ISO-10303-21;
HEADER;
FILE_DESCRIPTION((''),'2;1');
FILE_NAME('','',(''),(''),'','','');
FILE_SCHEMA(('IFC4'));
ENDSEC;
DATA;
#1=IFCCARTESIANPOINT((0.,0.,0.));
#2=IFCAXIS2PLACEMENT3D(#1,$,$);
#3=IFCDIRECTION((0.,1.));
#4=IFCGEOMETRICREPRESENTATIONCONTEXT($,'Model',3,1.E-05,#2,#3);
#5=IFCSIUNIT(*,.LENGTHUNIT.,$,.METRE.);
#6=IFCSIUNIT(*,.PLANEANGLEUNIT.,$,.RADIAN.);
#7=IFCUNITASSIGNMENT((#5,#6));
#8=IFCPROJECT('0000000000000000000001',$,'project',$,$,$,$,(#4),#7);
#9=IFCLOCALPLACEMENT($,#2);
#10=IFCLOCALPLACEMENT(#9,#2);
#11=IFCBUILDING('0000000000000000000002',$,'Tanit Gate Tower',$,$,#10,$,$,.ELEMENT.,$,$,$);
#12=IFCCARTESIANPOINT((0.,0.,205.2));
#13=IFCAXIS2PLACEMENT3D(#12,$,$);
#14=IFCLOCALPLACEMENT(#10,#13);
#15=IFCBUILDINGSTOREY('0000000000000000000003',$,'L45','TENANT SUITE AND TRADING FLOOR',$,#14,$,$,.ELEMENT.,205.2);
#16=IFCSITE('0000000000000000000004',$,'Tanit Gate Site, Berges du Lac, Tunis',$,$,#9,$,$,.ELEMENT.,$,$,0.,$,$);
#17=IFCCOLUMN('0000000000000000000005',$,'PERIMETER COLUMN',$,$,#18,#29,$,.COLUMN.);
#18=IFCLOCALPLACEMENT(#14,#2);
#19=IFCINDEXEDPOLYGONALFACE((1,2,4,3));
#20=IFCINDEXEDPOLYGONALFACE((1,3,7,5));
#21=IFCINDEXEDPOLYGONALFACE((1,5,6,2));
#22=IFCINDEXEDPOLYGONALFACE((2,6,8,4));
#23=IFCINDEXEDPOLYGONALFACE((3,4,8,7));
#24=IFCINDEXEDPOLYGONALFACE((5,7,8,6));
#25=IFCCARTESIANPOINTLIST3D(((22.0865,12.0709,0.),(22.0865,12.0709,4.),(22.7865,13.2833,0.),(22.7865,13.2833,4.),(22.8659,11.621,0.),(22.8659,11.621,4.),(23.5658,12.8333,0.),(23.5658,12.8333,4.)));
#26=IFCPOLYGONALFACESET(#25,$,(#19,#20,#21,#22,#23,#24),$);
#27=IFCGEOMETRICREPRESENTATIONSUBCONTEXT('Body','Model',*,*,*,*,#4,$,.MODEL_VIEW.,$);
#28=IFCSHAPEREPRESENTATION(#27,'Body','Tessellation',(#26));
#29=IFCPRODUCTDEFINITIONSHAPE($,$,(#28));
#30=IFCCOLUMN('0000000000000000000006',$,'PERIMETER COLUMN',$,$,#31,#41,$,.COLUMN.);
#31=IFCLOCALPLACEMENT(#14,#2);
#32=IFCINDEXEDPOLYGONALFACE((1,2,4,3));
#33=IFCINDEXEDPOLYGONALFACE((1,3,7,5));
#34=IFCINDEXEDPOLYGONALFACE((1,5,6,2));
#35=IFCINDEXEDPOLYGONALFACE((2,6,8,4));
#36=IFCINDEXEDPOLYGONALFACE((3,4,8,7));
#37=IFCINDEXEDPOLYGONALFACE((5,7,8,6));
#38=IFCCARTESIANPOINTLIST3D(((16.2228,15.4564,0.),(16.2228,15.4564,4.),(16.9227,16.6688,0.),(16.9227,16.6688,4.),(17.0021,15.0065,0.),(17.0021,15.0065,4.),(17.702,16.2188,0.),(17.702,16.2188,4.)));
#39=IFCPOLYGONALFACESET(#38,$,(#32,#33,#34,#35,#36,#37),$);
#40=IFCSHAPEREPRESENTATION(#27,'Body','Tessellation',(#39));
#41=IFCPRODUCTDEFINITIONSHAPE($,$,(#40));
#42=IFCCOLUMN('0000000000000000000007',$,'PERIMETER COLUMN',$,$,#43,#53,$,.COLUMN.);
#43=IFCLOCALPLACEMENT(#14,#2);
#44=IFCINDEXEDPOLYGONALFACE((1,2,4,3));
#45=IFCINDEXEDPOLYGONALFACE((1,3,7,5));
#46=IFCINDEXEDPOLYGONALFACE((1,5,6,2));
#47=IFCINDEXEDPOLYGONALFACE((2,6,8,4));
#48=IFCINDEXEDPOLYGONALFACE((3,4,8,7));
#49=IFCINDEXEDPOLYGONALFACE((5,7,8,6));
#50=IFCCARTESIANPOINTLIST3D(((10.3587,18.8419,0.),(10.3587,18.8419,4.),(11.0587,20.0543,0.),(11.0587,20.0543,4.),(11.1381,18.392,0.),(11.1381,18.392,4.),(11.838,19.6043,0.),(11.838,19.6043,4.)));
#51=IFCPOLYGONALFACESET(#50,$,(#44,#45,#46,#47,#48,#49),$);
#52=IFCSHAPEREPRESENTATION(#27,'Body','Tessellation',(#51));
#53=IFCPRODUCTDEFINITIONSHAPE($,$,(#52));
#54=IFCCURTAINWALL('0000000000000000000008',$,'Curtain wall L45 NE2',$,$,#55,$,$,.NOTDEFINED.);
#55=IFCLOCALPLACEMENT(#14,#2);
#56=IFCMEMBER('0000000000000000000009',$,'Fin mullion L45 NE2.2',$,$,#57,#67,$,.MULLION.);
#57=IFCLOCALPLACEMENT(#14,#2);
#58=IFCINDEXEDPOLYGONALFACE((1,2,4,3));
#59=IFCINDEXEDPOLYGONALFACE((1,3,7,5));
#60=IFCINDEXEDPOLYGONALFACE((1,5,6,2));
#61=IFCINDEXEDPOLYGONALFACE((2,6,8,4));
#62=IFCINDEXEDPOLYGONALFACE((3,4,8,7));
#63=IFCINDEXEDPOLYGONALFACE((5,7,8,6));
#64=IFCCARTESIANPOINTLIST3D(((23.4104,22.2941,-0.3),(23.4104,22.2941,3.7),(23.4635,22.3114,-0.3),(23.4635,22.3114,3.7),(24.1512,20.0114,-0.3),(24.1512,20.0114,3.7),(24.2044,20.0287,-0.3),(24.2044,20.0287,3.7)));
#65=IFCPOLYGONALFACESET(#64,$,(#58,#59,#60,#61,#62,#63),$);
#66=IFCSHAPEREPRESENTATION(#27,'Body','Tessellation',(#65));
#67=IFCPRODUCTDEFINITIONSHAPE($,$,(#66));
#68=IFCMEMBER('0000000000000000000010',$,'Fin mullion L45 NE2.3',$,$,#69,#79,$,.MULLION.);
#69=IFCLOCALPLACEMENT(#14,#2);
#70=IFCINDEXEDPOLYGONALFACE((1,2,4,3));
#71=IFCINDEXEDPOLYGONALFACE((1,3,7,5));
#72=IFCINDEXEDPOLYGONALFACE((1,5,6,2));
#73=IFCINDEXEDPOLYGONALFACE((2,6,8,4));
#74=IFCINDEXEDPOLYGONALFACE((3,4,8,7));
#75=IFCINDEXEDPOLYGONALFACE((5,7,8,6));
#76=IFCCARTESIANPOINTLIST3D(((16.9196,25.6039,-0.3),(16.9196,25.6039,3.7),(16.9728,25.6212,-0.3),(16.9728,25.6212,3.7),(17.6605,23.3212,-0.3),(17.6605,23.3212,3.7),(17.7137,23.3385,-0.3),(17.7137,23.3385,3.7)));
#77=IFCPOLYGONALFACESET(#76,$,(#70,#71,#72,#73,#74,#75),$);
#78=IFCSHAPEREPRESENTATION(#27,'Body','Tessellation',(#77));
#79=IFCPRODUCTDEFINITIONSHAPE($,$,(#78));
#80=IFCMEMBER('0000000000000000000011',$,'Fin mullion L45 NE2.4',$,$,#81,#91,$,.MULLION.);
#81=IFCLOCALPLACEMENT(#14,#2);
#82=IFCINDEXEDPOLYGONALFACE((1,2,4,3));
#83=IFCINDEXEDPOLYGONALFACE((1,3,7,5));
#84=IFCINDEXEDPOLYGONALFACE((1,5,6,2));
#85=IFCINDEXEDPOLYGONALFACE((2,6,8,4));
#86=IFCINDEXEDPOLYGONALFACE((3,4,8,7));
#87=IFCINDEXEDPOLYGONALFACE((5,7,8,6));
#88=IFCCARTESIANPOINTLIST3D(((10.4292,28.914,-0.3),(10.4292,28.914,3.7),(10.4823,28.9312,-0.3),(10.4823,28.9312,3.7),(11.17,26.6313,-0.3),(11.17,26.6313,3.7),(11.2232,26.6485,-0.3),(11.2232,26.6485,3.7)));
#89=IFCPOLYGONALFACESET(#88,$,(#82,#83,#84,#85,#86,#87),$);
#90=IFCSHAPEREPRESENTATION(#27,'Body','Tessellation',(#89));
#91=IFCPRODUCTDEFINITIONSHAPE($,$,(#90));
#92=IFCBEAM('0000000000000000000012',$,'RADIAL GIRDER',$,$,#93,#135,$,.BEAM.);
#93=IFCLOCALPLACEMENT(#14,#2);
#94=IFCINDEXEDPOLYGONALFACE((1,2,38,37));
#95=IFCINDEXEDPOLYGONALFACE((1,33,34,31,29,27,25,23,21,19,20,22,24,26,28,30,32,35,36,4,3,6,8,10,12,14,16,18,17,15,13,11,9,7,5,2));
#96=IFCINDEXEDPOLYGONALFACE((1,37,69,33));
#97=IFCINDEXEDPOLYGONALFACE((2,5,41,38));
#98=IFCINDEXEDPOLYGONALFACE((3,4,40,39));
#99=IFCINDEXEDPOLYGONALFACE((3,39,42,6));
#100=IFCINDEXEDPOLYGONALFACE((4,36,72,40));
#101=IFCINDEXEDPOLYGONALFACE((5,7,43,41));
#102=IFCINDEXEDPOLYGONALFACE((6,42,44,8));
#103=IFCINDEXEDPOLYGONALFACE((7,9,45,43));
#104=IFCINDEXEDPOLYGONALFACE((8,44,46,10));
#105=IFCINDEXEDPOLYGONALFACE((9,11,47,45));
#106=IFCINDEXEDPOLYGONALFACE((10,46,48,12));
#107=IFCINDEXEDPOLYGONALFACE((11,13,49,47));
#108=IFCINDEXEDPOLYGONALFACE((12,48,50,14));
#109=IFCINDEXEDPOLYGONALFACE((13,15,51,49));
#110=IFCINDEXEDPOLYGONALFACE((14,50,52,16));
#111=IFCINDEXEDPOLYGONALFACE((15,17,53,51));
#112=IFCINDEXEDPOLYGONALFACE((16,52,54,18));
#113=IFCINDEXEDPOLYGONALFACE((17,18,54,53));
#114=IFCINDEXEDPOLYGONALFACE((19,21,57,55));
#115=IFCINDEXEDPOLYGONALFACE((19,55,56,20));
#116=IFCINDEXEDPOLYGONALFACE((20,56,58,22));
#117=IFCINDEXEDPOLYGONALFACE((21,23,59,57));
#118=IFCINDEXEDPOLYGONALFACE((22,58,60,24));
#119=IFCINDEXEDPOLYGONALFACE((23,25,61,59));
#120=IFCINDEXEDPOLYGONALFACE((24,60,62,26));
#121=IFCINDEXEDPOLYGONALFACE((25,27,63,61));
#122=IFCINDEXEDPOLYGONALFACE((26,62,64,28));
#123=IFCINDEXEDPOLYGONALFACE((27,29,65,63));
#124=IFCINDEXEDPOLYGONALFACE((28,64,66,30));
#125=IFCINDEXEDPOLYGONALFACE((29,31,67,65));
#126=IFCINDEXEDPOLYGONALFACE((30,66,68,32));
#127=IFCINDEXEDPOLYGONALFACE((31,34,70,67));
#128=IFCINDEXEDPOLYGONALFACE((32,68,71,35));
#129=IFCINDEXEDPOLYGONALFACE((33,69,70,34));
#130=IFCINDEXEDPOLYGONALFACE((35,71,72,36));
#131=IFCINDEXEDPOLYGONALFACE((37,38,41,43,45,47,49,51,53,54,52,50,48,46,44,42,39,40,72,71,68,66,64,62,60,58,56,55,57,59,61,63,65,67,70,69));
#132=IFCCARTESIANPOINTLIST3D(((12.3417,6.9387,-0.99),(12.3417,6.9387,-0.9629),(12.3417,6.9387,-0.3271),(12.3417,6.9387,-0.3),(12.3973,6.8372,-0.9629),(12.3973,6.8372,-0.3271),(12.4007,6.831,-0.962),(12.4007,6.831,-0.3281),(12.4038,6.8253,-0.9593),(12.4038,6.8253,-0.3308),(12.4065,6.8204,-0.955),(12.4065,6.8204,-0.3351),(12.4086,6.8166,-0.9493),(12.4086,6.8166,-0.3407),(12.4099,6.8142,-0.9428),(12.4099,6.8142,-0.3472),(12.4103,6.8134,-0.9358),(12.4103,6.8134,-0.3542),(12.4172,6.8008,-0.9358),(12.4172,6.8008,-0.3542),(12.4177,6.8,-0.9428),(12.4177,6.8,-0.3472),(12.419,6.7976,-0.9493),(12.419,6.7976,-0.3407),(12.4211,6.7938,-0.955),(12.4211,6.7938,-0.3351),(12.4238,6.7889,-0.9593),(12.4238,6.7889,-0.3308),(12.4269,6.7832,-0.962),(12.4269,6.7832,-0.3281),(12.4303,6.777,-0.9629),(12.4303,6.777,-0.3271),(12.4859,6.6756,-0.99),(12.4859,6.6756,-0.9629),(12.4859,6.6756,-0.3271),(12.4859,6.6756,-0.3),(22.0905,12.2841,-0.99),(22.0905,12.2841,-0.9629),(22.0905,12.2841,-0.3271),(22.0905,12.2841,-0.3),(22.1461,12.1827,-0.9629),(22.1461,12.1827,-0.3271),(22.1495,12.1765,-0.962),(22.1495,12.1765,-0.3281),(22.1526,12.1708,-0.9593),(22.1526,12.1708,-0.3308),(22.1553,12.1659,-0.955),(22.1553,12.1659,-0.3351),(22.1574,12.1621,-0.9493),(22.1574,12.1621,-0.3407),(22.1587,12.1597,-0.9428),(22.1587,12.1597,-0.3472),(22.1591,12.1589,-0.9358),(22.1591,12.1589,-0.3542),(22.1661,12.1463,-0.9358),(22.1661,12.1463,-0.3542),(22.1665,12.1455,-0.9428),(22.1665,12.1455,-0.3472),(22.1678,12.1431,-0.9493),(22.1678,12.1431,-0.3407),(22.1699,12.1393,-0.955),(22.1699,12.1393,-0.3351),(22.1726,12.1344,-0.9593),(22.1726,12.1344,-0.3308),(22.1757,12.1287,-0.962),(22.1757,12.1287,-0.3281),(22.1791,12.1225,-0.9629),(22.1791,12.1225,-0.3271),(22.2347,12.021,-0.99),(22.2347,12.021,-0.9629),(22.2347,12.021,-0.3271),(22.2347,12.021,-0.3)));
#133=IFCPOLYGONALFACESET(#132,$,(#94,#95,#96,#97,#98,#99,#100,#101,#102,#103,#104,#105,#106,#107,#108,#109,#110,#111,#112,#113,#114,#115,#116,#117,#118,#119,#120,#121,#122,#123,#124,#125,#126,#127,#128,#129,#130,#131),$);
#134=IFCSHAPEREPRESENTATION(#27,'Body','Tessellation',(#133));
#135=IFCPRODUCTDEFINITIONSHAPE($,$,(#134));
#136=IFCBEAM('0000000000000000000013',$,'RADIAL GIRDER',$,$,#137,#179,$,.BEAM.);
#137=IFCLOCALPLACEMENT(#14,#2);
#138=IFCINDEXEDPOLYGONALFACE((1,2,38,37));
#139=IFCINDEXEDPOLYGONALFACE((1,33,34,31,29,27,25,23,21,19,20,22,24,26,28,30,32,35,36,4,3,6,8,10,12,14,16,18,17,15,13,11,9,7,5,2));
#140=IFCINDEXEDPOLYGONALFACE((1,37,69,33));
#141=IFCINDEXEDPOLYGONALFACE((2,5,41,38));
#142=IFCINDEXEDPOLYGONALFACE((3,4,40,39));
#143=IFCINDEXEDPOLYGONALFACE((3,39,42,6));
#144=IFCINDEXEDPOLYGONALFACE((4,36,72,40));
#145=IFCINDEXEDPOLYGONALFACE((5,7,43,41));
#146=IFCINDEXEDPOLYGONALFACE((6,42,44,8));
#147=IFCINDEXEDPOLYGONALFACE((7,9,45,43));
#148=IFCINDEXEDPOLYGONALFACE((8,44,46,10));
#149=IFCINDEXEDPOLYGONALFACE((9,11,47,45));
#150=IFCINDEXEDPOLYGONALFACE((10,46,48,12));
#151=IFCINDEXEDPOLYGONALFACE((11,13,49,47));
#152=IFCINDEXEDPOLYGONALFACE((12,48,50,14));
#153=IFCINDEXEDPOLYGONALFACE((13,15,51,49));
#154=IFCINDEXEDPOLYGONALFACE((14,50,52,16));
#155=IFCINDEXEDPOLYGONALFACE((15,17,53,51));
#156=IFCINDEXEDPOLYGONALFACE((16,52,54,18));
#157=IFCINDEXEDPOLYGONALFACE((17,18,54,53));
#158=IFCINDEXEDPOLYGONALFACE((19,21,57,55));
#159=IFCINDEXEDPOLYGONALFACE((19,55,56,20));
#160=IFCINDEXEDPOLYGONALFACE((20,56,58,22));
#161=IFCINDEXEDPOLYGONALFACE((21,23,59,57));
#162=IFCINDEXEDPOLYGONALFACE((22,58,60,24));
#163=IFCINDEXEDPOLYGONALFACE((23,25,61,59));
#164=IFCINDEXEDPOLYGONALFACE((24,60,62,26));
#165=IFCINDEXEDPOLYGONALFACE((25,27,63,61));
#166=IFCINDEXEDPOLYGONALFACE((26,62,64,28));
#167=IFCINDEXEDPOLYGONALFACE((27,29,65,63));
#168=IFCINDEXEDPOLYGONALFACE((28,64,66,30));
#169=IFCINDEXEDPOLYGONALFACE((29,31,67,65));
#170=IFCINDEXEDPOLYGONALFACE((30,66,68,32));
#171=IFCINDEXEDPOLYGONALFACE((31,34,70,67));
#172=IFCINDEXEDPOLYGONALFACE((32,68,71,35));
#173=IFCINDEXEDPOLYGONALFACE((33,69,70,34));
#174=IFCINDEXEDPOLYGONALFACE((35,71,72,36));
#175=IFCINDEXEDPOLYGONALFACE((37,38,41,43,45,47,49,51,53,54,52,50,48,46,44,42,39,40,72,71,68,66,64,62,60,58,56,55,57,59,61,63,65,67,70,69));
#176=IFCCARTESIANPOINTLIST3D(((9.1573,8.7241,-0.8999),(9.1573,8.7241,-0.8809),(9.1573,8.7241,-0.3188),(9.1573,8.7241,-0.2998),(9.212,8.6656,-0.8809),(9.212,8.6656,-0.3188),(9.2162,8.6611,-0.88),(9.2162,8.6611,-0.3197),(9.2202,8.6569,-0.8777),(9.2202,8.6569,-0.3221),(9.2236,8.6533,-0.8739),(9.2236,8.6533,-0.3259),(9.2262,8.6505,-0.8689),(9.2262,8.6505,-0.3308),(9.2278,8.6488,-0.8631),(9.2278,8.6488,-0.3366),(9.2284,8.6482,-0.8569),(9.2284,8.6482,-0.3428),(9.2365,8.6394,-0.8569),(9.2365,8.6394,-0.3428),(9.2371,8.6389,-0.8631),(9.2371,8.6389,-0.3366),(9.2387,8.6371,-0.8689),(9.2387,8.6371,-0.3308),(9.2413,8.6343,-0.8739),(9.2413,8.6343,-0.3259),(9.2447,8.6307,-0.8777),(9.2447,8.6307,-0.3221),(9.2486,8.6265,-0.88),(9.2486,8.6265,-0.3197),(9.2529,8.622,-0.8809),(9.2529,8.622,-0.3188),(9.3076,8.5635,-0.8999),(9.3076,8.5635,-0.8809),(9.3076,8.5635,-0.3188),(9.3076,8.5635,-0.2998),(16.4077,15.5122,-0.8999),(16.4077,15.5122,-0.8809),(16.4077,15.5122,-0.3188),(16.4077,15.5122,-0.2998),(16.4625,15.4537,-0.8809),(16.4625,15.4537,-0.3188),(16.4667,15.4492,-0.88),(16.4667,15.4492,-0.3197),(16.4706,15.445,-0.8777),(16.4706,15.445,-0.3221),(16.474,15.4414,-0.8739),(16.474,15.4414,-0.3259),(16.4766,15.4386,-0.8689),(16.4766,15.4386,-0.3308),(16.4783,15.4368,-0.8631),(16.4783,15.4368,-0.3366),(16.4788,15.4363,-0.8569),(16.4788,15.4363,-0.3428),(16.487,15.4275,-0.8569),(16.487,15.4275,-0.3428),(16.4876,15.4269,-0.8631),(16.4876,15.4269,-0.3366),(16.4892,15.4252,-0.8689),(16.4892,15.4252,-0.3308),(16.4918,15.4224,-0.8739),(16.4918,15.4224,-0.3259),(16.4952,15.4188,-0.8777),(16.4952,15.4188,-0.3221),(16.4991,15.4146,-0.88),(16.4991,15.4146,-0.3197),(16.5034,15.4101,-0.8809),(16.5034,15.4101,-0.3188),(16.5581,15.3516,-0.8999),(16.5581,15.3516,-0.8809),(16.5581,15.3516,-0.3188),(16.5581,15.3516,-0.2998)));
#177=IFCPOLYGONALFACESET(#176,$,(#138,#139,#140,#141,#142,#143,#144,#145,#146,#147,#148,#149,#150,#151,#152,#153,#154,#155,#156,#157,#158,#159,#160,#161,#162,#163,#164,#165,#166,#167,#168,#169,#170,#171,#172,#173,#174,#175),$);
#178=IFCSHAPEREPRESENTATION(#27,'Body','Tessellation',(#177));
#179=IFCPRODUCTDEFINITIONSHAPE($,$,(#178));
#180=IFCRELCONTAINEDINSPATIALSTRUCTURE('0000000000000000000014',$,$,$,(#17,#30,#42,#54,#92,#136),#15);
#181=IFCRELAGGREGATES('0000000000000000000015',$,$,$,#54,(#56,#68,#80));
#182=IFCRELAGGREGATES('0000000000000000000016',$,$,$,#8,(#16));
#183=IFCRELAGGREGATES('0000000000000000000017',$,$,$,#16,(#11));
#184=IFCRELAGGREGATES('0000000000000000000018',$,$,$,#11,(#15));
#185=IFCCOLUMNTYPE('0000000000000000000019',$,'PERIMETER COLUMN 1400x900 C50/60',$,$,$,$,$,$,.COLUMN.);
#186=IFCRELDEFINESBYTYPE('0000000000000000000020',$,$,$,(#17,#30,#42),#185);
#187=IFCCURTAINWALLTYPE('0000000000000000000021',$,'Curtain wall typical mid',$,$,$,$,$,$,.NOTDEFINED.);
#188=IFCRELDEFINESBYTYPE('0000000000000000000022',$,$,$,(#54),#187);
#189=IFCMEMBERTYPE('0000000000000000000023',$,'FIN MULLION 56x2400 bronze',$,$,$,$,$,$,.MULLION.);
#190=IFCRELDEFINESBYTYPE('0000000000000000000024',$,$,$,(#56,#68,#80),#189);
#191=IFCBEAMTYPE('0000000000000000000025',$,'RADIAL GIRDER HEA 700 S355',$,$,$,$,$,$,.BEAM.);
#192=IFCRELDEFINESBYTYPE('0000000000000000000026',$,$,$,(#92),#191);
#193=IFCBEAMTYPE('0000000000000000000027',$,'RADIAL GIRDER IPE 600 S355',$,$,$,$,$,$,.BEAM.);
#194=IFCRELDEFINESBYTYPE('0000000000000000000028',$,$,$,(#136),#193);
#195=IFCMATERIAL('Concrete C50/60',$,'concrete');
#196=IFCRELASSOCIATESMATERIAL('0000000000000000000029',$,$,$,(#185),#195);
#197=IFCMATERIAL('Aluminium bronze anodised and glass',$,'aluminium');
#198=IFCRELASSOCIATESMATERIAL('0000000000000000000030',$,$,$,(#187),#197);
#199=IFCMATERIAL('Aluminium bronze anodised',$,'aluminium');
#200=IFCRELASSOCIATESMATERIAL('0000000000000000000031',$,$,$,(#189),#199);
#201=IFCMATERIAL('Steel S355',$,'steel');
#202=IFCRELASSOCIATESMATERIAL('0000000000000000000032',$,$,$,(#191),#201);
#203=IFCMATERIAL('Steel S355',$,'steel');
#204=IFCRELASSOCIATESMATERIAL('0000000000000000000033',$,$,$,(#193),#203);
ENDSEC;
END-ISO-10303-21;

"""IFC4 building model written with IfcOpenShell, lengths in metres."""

from ifc_helpers import new_model, si_unit, direction, frame, origin, origin_2d, place, context, subcontext, project, spatial, rectangle, i_section, extrude, material, material_profile, profile_set, type_object, element, aggregate, save


model = new_model("IFC4")

# Units and contexts
model_context = context("Model", 3, precision=1e-05, world=origin(), true_north=direction((0.0, 1.0)))
body_context = subcontext(model_context, "Body", "Model", "MODEL_VIEW")
ifc_project = project(units=[si_unit("LENGTHUNIT", "METRE"), si_unit("PLANEANGLEUNIT", "RADIAN")], contexts=[model_context])

# Site, building, storey
site_placement = place(None, origin())
site = spatial("IfcSite", under=ifc_project, at=site_placement, Name="Tanit Gate Site, Berges du Lac, Tunis", CompositionType="ELEMENT", RefElevation=0.0)
building_placement = place(site_placement, origin())
building = spatial("IfcBuilding", under=site, at=building_placement, Name="Tanit Gate Tower", CompositionType="ELEMENT")
storey_placement = place(building_placement, frame((0.0, 0.0, 205.2)))
storey = spatial("IfcBuildingStorey", under=building, at=storey_placement, Name="L45", Description="TENANT SUITE AND TRADING FLOOR", CompositionType="ELEMENT", Elevation=205.2)

# Columns
ifc_material_1 = material(Name="Concrete C50/60", Category="concrete")
ifc_material_profile_1 = material_profile(ifc_material_1, rectangle(XDim=1.3999, YDim=0.8999, at=origin_2d()), Name="RC 1400x900")
ifc_profile_set_1 = profile_set([ifc_material_profile_1], Name="Concrete C50/60")
column_type = type_object("IfcColumnType", Name="PERIMETER COLUMN 1400x900 C50/60", PredefinedType="COLUMN", material=ifc_profile_set_1)
for number, where, z_axis, x_axis, name in (
    (1, (22.8262, 12.4521, 0.0), (0.0, 0.0, 1.0), (0.5, 0.866025, 0.0), "PERIMETER COLUMN"),
    (2, (16.9624, 15.8376, 0.0), (0.0, 0.0, 1.0), (0.5, 0.866025, 0.0), "PERIMETER COLUMN"),
    (3, (11.0984, 19.2231, 0.0), (0.0, 0.0, 1.0), (0.5, 0.866025, 0.0), "PERIMETER COLUMN"),
):
    element("IfcColumn", number, at=place(storey_placement, frame(where, z_axis=z_axis, x_axis=x_axis)), inside=storey, type_object=column_type, Name=name, PredefinedType="COLUMN", context=body_context, shape_type="SweptSolid", body=[
        extrude(rectangle(XDim=1.3999, YDim=0.8999, at=origin_2d()), origin(), (0.0, 0.0, 1.0), 4.0),
    ])

# Curtain wall, members
ifc_material_2 = material(Name="Aluminium bronze anodised and glass", Category="aluminium")
curtain_wall_type = type_object("IfcCurtainWallType", Name="Curtain wall typical mid", PredefinedType="NOTDEFINED", material=ifc_material_2)
curtain_wall_placement = place(storey_placement, origin())
curtain_wall = element("IfcCurtainWall", 4, at=curtain_wall_placement, inside=storey, type_object=curtain_wall_type, Name="Curtain wall L45 NE2", PredefinedType="NOTDEFINED")
ifc_material_3 = material(Name="Aluminium bronze anodised", Category="aluminium")
ifc_material_profile_2 = material_profile(ifc_material_3, rectangle(XDim=2.3999, YDim=0.0559, at=origin_2d()), Name="56x2400 bronze fin mullion")
ifc_profile_set_2 = profile_set([ifc_material_profile_2], Name="Aluminium bronze anodised")
member_type_1 = type_object("IfcMemberType", Name="FIN MULLION 56x2400 bronze", PredefinedType="MULLION", material=ifc_profile_set_2)
member_1_placement = place(storey_placement, frame((23.8074, 21.1614, -0.3), z_axis=(0.0, 0.0, 1.0), x_axis=(0.3087, -0.95116, 0.0)))
member_1 = element("IfcMember", 5, at=member_1_placement, type_object=member_type_1, Name="Fin mullion L45 NE2.2", PredefinedType="MULLION", context=body_context, shape_type="SweptSolid", body=[
    extrude(rectangle(XDim=2.3999, YDim=0.0559, at=origin_2d()), origin(), (0.0, 0.0, 1.0), 4.0),
])
member_2_placement = place(storey_placement, frame((17.3167, 24.4712, -0.3), z_axis=(0.0, 0.0, 1.0), x_axis=(0.3087, -0.95116, 0.0)))
member_2 = element("IfcMember", 6, at=member_2_placement, type_object=member_type_1, Name="Fin mullion L45 NE2.3", PredefinedType="MULLION", context=body_context, shape_type="SweptSolid", body=[
    extrude(rectangle(XDim=2.3999, YDim=0.0559, at=origin_2d()), origin(), (0.0, 0.0, 1.0), 4.0),
])
member_3_placement = place(storey_placement, frame((10.8262, 27.7812, -0.3), z_axis=(0.0, 0.0, 1.0), x_axis=(0.3087, -0.95116, 0.0)))
member_3 = element("IfcMember", 7, at=member_3_placement, type_object=member_type_1, Name="Fin mullion L45 NE2.4", PredefinedType="MULLION", context=body_context, shape_type="SweptSolid", body=[
    extrude(rectangle(XDim=2.3999, YDim=0.0559, at=origin_2d()), origin(), (0.0, 0.0, 1.0), 4.0),
])

# Beams
ifc_material_4 = material(Name="Steel S355", Category="steel")
ifc_material_profile_3 = material_profile(ifc_material_4, i_section(OverallWidth=0.3, OverallDepth=0.6899, WebThickness=0.0144, FlangeThickness=0.0271, FilletRadius=0.0271, at=origin_2d()), Name="HEA 700")
ifc_profile_set_3 = profile_set([ifc_material_profile_3], Name="Steel S355")
beam_type_1 = type_object("IfcBeamType", Name="RADIAL GIRDER HEA 700 S355", PredefinedType="BEAM", material=ifc_profile_set_3)
beam_1_placement = place(storey_placement, frame((22.1626, 12.1526, -0.645), z_axis=(-0.876837, -0.480788, 0.0), x_axis=(0.480788, -0.876837, 0.0)))
element("IfcBeam", 8, at=beam_1_placement, inside=storey, type_object=beam_type_1, Name="RADIAL GIRDER", PredefinedType="BEAM", context=body_context, shape_type="SweptSolid", body=[
    extrude(i_section(OverallWidth=0.3, OverallDepth=0.6899, WebThickness=0.0144, FlangeThickness=0.0271, FilletRadius=0.0271, at=origin_2d()), origin(), (0.0, 0.0, 1.0), 11.1182),
])
ifc_material_5 = material(Name="Steel S355", Category="steel")
ifc_material_profile_4 = material_profile(ifc_material_5, i_section(OverallWidth=0.22, OverallDepth=0.6001, WebThickness=0.012, FlangeThickness=0.019, FilletRadius=0.0239, at=origin_2d()), Name="IPE 600")
ifc_profile_set_4 = profile_set([ifc_material_profile_4], Name="Steel S355")
beam_type_2 = type_object("IfcBeamType", Name="RADIAL GIRDER IPE 600 S355", PredefinedType="BEAM", material=ifc_profile_set_4)
beam_2_placement = place(storey_placement, frame((16.4829, 15.4319, -0.5999), z_axis=(-0.730002, -0.683445, 0.0), x_axis=(0.683445, -0.730002, 0.0)))
element("IfcBeam", 9, at=beam_2_placement, inside=storey, type_object=beam_type_2, Name="RADIAL GIRDER", PredefinedType="BEAM", context=body_context, shape_type="SweptSolid", body=[
    extrude(i_section(OverallWidth=0.22, OverallDepth=0.6001, WebThickness=0.012, FlangeThickness=0.019, FilletRadius=0.0239, at=origin_2d()), origin(), (0.0, 0.0, 1.0), 9.9321),
])

aggregate(curtain_wall, [member_1, member_2, member_3])

save(model, "model.ifc")
